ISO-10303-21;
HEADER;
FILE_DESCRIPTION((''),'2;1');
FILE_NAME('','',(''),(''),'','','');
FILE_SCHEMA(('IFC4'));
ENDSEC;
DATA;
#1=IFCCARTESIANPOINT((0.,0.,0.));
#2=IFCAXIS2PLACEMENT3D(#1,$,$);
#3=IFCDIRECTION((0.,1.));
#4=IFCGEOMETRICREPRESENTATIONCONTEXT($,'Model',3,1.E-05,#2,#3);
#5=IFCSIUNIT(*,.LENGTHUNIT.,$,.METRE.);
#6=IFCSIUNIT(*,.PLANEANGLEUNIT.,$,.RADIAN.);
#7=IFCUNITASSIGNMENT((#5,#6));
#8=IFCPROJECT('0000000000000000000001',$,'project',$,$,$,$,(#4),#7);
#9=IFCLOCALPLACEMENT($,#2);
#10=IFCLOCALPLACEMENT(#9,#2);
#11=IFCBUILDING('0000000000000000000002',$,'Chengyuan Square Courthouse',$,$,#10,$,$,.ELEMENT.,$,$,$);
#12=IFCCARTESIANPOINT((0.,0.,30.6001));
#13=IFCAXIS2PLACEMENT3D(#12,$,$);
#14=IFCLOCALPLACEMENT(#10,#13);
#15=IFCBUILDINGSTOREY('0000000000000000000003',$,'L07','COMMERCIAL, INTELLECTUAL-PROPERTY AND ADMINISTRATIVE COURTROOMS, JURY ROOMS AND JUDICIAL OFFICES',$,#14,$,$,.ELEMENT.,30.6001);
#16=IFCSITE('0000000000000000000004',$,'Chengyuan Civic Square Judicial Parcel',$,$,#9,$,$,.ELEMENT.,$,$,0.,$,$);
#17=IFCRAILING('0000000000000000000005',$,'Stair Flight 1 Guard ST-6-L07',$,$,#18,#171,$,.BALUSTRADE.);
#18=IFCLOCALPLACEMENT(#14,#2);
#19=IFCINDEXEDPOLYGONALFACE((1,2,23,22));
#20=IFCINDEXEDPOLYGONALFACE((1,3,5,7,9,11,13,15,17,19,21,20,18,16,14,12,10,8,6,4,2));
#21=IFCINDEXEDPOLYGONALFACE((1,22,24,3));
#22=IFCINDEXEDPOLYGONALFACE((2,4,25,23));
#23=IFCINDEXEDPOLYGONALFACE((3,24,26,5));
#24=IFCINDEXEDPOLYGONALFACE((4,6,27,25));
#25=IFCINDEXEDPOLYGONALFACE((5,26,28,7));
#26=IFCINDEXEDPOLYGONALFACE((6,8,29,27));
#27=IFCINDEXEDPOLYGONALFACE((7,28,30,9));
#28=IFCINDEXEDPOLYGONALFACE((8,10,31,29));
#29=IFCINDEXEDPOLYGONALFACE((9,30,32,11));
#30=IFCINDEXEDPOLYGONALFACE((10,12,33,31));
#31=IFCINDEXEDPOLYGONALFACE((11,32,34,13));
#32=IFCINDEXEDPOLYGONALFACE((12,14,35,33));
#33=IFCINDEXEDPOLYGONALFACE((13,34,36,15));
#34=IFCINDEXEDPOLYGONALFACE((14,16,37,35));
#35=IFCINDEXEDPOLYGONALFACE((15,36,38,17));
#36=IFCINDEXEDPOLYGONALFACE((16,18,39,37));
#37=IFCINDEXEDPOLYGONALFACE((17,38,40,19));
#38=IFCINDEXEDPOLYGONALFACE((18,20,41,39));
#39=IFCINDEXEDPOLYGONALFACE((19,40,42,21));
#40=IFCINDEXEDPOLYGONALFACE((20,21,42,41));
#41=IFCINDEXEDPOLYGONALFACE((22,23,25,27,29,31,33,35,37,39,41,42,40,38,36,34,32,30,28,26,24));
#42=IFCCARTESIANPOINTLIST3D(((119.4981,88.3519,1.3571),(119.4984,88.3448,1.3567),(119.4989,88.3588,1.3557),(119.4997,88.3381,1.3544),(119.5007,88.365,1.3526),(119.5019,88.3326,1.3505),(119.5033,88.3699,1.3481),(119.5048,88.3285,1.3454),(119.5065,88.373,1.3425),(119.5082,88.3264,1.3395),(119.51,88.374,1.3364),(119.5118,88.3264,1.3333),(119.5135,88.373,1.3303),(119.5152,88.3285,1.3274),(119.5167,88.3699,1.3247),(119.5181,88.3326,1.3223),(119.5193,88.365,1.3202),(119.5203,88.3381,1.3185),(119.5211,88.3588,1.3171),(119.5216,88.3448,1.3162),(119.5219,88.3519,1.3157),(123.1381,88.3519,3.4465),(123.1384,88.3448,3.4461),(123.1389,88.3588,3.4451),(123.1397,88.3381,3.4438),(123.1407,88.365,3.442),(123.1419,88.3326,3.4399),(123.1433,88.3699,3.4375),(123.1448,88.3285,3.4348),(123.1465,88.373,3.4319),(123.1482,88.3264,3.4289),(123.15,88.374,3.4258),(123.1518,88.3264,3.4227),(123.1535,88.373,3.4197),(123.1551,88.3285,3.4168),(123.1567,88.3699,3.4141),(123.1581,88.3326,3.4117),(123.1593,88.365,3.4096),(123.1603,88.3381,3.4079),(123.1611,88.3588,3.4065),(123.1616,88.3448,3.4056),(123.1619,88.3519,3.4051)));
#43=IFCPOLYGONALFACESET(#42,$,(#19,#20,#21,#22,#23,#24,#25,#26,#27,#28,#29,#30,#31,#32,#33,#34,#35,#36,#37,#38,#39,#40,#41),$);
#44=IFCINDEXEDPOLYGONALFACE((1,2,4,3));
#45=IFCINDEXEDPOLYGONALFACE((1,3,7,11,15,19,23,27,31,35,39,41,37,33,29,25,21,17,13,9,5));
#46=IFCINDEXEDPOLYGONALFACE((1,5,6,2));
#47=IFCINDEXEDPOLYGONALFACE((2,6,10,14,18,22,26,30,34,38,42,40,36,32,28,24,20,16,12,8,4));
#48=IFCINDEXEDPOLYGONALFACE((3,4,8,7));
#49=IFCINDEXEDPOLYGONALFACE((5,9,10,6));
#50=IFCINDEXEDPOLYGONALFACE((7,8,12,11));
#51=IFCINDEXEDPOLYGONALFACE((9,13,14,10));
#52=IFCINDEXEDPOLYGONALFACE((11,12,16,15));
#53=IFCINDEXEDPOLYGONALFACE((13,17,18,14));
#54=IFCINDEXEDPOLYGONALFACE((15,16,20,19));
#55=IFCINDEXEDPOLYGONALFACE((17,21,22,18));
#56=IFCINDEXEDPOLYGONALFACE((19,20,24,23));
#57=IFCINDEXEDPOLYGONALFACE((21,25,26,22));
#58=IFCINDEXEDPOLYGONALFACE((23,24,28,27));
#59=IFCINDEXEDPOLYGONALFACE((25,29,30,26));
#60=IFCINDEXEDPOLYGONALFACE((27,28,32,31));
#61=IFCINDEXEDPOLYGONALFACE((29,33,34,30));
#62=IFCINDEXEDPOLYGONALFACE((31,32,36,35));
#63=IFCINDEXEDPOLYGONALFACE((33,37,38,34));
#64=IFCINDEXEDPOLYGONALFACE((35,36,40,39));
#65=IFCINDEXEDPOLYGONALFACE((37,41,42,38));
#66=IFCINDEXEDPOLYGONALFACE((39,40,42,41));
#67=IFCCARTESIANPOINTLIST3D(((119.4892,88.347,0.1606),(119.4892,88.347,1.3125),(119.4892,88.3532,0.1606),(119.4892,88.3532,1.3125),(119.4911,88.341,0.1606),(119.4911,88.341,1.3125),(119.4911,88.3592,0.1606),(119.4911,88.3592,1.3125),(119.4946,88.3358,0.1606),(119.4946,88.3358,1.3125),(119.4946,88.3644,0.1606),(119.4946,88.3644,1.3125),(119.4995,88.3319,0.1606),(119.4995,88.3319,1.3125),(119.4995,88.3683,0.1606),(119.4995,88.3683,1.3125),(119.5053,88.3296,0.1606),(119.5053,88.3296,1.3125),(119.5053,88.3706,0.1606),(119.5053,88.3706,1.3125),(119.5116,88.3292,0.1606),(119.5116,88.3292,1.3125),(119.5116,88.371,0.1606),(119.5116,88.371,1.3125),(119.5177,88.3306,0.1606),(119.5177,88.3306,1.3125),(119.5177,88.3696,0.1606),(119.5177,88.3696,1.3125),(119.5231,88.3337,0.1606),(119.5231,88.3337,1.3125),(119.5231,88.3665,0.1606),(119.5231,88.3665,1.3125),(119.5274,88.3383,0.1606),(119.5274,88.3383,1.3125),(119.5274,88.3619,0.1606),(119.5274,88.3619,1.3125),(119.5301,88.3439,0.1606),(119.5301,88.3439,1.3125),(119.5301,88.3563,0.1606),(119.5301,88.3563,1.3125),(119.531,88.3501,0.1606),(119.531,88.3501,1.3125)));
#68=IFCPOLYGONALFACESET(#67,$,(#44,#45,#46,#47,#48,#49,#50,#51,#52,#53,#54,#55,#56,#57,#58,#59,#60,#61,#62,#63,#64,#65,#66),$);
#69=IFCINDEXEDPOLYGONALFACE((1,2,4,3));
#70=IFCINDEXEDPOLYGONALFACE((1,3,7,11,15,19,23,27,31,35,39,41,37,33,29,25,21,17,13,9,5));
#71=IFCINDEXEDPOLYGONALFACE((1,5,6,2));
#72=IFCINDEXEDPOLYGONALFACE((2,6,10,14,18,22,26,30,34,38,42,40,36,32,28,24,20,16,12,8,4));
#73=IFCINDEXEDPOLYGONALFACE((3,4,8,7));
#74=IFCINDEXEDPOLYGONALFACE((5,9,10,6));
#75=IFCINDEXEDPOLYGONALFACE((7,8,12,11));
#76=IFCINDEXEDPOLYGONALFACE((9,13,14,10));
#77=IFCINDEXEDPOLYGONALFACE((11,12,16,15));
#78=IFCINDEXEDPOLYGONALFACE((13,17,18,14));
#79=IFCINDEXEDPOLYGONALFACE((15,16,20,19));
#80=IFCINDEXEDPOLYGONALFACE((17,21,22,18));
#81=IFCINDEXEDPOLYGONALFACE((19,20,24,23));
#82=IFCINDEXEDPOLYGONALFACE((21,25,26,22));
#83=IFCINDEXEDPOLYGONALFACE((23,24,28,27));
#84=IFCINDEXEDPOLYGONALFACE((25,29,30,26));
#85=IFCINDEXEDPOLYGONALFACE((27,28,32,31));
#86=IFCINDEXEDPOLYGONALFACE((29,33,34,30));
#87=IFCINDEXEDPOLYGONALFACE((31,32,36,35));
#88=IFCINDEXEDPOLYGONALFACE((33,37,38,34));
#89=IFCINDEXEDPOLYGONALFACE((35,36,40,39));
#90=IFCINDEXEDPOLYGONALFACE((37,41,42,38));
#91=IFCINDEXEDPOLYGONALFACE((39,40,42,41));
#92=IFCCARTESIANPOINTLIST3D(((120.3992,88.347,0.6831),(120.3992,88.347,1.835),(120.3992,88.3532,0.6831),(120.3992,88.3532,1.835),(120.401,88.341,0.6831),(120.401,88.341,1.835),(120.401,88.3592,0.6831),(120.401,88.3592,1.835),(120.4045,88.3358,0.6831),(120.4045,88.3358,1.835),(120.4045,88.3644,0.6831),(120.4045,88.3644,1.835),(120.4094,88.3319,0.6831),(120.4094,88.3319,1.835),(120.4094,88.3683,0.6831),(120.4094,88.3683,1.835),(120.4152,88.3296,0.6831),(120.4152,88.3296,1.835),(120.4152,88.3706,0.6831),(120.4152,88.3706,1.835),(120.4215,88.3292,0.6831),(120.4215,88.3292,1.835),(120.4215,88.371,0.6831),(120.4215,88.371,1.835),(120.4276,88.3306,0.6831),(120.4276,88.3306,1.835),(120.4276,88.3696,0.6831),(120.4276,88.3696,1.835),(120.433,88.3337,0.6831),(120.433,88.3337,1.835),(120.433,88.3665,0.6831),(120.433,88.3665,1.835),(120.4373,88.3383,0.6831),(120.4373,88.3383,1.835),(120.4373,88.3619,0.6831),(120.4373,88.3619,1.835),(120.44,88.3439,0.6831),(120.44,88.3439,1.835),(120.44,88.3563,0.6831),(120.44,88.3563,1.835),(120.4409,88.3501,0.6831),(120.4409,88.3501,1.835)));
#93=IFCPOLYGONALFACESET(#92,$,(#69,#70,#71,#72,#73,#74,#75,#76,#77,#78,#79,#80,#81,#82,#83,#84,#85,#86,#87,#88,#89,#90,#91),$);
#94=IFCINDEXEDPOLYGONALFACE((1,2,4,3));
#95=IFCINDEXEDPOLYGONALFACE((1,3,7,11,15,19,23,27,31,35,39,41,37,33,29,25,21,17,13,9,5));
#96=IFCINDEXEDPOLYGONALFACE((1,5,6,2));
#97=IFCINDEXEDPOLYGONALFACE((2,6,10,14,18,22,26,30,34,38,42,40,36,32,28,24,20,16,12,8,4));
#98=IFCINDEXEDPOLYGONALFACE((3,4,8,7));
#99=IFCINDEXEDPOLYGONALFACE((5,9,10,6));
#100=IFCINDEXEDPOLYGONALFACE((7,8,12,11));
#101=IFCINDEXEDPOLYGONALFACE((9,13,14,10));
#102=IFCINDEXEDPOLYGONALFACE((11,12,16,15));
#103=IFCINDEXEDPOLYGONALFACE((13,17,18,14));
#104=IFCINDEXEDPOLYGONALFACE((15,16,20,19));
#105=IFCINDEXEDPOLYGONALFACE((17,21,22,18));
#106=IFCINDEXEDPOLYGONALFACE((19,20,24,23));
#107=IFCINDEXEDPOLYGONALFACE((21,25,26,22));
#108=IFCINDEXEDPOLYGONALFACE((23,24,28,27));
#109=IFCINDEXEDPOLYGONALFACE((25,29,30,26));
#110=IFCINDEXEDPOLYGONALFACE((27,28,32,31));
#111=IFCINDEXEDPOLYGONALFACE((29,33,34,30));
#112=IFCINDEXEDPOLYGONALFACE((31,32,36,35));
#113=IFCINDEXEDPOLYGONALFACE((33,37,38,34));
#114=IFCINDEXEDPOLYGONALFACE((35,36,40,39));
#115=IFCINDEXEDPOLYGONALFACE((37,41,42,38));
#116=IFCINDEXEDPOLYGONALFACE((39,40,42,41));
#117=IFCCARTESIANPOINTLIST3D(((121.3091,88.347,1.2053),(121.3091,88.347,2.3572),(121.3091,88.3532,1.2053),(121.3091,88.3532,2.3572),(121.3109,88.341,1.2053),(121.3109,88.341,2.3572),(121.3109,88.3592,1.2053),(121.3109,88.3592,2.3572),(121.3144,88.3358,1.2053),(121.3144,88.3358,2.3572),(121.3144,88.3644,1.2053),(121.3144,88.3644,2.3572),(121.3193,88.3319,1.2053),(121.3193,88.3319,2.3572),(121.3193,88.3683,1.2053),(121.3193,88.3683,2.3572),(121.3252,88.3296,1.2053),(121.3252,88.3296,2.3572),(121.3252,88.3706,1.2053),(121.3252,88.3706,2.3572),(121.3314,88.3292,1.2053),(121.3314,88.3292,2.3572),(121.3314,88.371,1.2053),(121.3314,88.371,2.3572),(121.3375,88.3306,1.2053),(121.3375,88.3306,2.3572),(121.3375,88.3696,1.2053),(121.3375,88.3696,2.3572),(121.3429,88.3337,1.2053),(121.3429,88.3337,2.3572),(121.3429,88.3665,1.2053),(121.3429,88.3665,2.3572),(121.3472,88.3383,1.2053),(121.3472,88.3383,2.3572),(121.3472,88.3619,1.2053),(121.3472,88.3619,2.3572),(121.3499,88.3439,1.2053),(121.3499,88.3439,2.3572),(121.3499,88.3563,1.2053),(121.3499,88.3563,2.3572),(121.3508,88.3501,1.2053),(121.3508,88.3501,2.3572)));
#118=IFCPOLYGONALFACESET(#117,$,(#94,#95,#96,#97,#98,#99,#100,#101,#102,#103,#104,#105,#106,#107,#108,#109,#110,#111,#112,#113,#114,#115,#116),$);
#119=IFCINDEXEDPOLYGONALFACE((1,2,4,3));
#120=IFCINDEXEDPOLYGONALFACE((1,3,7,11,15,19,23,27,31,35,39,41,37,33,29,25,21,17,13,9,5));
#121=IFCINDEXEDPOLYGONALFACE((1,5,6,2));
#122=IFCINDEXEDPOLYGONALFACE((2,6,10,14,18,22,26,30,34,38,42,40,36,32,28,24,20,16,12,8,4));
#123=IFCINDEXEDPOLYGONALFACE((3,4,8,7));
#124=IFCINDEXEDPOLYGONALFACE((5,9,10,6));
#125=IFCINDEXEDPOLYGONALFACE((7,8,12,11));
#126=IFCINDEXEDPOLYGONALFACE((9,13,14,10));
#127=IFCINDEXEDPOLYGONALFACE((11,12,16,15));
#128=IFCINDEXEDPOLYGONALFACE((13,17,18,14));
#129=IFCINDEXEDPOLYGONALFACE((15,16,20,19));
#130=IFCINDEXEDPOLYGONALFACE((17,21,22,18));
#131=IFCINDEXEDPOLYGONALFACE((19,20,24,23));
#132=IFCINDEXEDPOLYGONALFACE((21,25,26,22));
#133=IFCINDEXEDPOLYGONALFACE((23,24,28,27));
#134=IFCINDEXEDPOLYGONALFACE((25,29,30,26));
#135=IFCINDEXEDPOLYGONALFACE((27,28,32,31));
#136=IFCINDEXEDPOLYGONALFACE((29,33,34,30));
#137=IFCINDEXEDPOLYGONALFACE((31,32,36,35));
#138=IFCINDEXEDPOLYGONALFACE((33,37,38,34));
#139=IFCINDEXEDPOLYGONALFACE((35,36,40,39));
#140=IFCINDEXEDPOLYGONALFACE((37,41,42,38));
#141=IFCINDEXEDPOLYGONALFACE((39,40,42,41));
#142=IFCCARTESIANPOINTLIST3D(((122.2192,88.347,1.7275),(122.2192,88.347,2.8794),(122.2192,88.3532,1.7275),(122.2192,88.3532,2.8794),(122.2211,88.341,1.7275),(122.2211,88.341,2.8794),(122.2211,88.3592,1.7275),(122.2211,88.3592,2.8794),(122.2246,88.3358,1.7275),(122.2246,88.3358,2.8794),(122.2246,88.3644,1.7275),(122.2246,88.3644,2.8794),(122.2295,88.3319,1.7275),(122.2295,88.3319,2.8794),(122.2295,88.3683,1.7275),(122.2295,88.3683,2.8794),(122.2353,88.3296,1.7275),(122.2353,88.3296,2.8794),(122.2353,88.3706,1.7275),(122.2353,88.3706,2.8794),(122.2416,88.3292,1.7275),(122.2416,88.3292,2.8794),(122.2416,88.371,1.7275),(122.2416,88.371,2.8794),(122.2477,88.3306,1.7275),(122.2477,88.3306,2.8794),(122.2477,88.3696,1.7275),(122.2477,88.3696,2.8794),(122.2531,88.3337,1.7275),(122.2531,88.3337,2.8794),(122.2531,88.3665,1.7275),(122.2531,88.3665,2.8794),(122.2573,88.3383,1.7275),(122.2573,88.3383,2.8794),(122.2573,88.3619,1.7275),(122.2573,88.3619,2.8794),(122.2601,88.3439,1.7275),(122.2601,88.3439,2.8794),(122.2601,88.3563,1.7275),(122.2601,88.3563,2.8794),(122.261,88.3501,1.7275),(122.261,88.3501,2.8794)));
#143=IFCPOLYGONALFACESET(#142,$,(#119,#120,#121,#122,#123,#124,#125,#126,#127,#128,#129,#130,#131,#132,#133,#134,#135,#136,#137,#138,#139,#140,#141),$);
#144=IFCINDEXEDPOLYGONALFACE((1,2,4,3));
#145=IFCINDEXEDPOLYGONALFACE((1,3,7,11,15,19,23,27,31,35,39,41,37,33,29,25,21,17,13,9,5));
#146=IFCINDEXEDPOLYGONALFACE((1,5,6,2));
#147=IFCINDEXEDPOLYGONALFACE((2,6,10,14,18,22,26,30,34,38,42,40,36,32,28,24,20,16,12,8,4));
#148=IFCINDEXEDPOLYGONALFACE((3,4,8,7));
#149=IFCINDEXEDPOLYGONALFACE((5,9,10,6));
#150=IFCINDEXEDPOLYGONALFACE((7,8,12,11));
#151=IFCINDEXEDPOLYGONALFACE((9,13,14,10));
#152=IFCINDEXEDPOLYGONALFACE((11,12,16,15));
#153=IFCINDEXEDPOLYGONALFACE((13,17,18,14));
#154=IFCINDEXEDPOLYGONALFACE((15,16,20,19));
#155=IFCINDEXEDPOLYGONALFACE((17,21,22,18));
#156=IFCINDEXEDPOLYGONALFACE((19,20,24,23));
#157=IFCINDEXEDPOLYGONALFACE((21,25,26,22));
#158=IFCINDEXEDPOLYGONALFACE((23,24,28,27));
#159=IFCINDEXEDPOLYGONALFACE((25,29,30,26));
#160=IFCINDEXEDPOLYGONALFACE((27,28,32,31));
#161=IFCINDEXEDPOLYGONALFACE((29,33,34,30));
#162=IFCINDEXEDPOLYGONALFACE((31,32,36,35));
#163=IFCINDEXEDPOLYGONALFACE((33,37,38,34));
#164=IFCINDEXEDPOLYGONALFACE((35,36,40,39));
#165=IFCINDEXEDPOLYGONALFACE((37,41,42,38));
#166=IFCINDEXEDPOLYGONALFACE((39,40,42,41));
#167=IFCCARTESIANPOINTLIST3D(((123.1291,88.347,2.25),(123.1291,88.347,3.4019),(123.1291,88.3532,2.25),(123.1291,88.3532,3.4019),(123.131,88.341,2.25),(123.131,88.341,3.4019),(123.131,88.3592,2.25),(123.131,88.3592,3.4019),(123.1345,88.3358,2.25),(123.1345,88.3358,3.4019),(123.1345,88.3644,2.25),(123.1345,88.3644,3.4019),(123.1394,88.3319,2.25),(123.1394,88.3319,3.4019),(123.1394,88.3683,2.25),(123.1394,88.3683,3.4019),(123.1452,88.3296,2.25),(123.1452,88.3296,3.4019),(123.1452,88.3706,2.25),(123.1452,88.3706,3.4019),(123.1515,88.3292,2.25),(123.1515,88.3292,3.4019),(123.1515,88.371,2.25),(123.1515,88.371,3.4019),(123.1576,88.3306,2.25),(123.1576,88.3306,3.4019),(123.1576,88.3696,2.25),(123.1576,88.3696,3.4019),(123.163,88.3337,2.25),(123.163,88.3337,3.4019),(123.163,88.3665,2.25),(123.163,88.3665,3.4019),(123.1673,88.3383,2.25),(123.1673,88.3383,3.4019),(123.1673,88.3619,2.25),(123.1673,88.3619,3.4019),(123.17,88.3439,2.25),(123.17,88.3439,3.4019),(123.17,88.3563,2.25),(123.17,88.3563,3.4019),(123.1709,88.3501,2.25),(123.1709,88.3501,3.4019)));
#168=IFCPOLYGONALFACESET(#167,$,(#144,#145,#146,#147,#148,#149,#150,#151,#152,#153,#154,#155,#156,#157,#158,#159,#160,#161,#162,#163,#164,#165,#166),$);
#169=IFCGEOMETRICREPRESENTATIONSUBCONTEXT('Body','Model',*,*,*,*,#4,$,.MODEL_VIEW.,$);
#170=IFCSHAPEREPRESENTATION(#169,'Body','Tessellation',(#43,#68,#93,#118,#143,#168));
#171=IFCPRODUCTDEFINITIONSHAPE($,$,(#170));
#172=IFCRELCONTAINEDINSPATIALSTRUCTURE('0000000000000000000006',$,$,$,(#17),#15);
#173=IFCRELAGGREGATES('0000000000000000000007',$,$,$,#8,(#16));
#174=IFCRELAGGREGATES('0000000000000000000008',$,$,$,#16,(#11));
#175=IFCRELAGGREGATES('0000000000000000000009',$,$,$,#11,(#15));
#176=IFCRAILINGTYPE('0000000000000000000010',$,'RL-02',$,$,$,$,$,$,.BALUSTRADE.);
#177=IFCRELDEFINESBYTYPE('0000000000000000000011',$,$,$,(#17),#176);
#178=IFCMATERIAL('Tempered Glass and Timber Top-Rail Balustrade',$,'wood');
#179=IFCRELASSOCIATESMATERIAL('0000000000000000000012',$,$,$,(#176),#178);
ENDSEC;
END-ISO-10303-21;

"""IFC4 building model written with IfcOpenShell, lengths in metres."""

from ifc_helpers import new_model, si_unit, direction, frame, origin, origin_2d, place, context, subcontext, project, spatial, circle, extrude, material, type_object, element, save


model = new_model("IFC4")

# Units and contexts
model_context = context("Model", 3, precision=1e-05, world=origin(), true_north=direction((0.0, 1.0)))
body_context = subcontext(model_context, "Body", "Model", "MODEL_VIEW")
ifc_project = project(units=[si_unit("LENGTHUNIT", "METRE"), si_unit("PLANEANGLEUNIT", "RADIAN")], contexts=[model_context])

# Site, building, storey
site_placement = place(None, origin())
site = spatial("IfcSite", under=ifc_project, at=site_placement, Name="Chengyuan Civic Square Judicial Parcel", CompositionType="ELEMENT", RefElevation=0.0)
building_placement = place(site_placement, origin())
building = spatial("IfcBuilding", under=site, at=building_placement, Name="Chengyuan Square Courthouse", CompositionType="ELEMENT")
storey_placement = place(building_placement, frame((0.0, 0.0, 30.6001)))
storey = spatial("IfcBuildingStorey", under=building, at=storey_placement, Name="L07", Description="COMMERCIAL, INTELLECTUAL-PROPERTY AND ADMINISTRATIVE COURTROOMS, JURY ROOMS AND JUDICIAL OFFICES", CompositionType="ELEMENT", Elevation=30.6001)

# Railing
ifc_material_1 = material(Name="Tempered Glass and Timber Top-Rail Balustrade", Category="wood")
railing_type_1 = type_object("IfcRailingType", Name="RL-02", PredefinedType="BALUSTRADE", material=ifc_material_1)
railing_1_placement = place(storey_placement, frame((119.51, 88.3501, 0.1606)))
element("IfcRailing", 1, at=railing_1_placement, inside=storey, type_object=railing_type_1, Name="Stair Flight 1 Guard ST-6-L07", PredefinedType="BALUSTRADE", context=body_context, shape_type="SweptSolid", body=[
    extrude(circle(Radius=0.0239, at=origin_2d()), frame((0.0, 0.0, 1.1758), z_axis=(0.867275, 0.0, 0.497829), x_axis=(0.0, 1.0, 0.0)), (0.0, 0.0, 1.0), 4.197),
    extrude(circle(Radius=0.021, at=origin_2d()), origin(), (0.0, 0.0, 1.0), 1.1519),
    extrude(circle(Radius=0.021, at=origin_2d()), frame((0.9099, 0.0, 0.5225)), (0.0, 0.0, 1.0), 1.1519),
    extrude(circle(Radius=0.021, at=origin_2d()), frame((1.8198, 0.0, 1.0447)), (0.0, 0.0, 1.0), 1.1519),
    extrude(circle(Radius=0.021, at=origin_2d()), frame((2.73, 0.0, 1.5669)), (0.0, 0.0, 1.0), 1.1519),
    extrude(circle(Radius=0.021, at=origin_2d()), frame((3.6399, 0.0, 2.0894)), (0.0, 0.0, 1.0), 1.1519),
])

save(model, "model.ifc")
